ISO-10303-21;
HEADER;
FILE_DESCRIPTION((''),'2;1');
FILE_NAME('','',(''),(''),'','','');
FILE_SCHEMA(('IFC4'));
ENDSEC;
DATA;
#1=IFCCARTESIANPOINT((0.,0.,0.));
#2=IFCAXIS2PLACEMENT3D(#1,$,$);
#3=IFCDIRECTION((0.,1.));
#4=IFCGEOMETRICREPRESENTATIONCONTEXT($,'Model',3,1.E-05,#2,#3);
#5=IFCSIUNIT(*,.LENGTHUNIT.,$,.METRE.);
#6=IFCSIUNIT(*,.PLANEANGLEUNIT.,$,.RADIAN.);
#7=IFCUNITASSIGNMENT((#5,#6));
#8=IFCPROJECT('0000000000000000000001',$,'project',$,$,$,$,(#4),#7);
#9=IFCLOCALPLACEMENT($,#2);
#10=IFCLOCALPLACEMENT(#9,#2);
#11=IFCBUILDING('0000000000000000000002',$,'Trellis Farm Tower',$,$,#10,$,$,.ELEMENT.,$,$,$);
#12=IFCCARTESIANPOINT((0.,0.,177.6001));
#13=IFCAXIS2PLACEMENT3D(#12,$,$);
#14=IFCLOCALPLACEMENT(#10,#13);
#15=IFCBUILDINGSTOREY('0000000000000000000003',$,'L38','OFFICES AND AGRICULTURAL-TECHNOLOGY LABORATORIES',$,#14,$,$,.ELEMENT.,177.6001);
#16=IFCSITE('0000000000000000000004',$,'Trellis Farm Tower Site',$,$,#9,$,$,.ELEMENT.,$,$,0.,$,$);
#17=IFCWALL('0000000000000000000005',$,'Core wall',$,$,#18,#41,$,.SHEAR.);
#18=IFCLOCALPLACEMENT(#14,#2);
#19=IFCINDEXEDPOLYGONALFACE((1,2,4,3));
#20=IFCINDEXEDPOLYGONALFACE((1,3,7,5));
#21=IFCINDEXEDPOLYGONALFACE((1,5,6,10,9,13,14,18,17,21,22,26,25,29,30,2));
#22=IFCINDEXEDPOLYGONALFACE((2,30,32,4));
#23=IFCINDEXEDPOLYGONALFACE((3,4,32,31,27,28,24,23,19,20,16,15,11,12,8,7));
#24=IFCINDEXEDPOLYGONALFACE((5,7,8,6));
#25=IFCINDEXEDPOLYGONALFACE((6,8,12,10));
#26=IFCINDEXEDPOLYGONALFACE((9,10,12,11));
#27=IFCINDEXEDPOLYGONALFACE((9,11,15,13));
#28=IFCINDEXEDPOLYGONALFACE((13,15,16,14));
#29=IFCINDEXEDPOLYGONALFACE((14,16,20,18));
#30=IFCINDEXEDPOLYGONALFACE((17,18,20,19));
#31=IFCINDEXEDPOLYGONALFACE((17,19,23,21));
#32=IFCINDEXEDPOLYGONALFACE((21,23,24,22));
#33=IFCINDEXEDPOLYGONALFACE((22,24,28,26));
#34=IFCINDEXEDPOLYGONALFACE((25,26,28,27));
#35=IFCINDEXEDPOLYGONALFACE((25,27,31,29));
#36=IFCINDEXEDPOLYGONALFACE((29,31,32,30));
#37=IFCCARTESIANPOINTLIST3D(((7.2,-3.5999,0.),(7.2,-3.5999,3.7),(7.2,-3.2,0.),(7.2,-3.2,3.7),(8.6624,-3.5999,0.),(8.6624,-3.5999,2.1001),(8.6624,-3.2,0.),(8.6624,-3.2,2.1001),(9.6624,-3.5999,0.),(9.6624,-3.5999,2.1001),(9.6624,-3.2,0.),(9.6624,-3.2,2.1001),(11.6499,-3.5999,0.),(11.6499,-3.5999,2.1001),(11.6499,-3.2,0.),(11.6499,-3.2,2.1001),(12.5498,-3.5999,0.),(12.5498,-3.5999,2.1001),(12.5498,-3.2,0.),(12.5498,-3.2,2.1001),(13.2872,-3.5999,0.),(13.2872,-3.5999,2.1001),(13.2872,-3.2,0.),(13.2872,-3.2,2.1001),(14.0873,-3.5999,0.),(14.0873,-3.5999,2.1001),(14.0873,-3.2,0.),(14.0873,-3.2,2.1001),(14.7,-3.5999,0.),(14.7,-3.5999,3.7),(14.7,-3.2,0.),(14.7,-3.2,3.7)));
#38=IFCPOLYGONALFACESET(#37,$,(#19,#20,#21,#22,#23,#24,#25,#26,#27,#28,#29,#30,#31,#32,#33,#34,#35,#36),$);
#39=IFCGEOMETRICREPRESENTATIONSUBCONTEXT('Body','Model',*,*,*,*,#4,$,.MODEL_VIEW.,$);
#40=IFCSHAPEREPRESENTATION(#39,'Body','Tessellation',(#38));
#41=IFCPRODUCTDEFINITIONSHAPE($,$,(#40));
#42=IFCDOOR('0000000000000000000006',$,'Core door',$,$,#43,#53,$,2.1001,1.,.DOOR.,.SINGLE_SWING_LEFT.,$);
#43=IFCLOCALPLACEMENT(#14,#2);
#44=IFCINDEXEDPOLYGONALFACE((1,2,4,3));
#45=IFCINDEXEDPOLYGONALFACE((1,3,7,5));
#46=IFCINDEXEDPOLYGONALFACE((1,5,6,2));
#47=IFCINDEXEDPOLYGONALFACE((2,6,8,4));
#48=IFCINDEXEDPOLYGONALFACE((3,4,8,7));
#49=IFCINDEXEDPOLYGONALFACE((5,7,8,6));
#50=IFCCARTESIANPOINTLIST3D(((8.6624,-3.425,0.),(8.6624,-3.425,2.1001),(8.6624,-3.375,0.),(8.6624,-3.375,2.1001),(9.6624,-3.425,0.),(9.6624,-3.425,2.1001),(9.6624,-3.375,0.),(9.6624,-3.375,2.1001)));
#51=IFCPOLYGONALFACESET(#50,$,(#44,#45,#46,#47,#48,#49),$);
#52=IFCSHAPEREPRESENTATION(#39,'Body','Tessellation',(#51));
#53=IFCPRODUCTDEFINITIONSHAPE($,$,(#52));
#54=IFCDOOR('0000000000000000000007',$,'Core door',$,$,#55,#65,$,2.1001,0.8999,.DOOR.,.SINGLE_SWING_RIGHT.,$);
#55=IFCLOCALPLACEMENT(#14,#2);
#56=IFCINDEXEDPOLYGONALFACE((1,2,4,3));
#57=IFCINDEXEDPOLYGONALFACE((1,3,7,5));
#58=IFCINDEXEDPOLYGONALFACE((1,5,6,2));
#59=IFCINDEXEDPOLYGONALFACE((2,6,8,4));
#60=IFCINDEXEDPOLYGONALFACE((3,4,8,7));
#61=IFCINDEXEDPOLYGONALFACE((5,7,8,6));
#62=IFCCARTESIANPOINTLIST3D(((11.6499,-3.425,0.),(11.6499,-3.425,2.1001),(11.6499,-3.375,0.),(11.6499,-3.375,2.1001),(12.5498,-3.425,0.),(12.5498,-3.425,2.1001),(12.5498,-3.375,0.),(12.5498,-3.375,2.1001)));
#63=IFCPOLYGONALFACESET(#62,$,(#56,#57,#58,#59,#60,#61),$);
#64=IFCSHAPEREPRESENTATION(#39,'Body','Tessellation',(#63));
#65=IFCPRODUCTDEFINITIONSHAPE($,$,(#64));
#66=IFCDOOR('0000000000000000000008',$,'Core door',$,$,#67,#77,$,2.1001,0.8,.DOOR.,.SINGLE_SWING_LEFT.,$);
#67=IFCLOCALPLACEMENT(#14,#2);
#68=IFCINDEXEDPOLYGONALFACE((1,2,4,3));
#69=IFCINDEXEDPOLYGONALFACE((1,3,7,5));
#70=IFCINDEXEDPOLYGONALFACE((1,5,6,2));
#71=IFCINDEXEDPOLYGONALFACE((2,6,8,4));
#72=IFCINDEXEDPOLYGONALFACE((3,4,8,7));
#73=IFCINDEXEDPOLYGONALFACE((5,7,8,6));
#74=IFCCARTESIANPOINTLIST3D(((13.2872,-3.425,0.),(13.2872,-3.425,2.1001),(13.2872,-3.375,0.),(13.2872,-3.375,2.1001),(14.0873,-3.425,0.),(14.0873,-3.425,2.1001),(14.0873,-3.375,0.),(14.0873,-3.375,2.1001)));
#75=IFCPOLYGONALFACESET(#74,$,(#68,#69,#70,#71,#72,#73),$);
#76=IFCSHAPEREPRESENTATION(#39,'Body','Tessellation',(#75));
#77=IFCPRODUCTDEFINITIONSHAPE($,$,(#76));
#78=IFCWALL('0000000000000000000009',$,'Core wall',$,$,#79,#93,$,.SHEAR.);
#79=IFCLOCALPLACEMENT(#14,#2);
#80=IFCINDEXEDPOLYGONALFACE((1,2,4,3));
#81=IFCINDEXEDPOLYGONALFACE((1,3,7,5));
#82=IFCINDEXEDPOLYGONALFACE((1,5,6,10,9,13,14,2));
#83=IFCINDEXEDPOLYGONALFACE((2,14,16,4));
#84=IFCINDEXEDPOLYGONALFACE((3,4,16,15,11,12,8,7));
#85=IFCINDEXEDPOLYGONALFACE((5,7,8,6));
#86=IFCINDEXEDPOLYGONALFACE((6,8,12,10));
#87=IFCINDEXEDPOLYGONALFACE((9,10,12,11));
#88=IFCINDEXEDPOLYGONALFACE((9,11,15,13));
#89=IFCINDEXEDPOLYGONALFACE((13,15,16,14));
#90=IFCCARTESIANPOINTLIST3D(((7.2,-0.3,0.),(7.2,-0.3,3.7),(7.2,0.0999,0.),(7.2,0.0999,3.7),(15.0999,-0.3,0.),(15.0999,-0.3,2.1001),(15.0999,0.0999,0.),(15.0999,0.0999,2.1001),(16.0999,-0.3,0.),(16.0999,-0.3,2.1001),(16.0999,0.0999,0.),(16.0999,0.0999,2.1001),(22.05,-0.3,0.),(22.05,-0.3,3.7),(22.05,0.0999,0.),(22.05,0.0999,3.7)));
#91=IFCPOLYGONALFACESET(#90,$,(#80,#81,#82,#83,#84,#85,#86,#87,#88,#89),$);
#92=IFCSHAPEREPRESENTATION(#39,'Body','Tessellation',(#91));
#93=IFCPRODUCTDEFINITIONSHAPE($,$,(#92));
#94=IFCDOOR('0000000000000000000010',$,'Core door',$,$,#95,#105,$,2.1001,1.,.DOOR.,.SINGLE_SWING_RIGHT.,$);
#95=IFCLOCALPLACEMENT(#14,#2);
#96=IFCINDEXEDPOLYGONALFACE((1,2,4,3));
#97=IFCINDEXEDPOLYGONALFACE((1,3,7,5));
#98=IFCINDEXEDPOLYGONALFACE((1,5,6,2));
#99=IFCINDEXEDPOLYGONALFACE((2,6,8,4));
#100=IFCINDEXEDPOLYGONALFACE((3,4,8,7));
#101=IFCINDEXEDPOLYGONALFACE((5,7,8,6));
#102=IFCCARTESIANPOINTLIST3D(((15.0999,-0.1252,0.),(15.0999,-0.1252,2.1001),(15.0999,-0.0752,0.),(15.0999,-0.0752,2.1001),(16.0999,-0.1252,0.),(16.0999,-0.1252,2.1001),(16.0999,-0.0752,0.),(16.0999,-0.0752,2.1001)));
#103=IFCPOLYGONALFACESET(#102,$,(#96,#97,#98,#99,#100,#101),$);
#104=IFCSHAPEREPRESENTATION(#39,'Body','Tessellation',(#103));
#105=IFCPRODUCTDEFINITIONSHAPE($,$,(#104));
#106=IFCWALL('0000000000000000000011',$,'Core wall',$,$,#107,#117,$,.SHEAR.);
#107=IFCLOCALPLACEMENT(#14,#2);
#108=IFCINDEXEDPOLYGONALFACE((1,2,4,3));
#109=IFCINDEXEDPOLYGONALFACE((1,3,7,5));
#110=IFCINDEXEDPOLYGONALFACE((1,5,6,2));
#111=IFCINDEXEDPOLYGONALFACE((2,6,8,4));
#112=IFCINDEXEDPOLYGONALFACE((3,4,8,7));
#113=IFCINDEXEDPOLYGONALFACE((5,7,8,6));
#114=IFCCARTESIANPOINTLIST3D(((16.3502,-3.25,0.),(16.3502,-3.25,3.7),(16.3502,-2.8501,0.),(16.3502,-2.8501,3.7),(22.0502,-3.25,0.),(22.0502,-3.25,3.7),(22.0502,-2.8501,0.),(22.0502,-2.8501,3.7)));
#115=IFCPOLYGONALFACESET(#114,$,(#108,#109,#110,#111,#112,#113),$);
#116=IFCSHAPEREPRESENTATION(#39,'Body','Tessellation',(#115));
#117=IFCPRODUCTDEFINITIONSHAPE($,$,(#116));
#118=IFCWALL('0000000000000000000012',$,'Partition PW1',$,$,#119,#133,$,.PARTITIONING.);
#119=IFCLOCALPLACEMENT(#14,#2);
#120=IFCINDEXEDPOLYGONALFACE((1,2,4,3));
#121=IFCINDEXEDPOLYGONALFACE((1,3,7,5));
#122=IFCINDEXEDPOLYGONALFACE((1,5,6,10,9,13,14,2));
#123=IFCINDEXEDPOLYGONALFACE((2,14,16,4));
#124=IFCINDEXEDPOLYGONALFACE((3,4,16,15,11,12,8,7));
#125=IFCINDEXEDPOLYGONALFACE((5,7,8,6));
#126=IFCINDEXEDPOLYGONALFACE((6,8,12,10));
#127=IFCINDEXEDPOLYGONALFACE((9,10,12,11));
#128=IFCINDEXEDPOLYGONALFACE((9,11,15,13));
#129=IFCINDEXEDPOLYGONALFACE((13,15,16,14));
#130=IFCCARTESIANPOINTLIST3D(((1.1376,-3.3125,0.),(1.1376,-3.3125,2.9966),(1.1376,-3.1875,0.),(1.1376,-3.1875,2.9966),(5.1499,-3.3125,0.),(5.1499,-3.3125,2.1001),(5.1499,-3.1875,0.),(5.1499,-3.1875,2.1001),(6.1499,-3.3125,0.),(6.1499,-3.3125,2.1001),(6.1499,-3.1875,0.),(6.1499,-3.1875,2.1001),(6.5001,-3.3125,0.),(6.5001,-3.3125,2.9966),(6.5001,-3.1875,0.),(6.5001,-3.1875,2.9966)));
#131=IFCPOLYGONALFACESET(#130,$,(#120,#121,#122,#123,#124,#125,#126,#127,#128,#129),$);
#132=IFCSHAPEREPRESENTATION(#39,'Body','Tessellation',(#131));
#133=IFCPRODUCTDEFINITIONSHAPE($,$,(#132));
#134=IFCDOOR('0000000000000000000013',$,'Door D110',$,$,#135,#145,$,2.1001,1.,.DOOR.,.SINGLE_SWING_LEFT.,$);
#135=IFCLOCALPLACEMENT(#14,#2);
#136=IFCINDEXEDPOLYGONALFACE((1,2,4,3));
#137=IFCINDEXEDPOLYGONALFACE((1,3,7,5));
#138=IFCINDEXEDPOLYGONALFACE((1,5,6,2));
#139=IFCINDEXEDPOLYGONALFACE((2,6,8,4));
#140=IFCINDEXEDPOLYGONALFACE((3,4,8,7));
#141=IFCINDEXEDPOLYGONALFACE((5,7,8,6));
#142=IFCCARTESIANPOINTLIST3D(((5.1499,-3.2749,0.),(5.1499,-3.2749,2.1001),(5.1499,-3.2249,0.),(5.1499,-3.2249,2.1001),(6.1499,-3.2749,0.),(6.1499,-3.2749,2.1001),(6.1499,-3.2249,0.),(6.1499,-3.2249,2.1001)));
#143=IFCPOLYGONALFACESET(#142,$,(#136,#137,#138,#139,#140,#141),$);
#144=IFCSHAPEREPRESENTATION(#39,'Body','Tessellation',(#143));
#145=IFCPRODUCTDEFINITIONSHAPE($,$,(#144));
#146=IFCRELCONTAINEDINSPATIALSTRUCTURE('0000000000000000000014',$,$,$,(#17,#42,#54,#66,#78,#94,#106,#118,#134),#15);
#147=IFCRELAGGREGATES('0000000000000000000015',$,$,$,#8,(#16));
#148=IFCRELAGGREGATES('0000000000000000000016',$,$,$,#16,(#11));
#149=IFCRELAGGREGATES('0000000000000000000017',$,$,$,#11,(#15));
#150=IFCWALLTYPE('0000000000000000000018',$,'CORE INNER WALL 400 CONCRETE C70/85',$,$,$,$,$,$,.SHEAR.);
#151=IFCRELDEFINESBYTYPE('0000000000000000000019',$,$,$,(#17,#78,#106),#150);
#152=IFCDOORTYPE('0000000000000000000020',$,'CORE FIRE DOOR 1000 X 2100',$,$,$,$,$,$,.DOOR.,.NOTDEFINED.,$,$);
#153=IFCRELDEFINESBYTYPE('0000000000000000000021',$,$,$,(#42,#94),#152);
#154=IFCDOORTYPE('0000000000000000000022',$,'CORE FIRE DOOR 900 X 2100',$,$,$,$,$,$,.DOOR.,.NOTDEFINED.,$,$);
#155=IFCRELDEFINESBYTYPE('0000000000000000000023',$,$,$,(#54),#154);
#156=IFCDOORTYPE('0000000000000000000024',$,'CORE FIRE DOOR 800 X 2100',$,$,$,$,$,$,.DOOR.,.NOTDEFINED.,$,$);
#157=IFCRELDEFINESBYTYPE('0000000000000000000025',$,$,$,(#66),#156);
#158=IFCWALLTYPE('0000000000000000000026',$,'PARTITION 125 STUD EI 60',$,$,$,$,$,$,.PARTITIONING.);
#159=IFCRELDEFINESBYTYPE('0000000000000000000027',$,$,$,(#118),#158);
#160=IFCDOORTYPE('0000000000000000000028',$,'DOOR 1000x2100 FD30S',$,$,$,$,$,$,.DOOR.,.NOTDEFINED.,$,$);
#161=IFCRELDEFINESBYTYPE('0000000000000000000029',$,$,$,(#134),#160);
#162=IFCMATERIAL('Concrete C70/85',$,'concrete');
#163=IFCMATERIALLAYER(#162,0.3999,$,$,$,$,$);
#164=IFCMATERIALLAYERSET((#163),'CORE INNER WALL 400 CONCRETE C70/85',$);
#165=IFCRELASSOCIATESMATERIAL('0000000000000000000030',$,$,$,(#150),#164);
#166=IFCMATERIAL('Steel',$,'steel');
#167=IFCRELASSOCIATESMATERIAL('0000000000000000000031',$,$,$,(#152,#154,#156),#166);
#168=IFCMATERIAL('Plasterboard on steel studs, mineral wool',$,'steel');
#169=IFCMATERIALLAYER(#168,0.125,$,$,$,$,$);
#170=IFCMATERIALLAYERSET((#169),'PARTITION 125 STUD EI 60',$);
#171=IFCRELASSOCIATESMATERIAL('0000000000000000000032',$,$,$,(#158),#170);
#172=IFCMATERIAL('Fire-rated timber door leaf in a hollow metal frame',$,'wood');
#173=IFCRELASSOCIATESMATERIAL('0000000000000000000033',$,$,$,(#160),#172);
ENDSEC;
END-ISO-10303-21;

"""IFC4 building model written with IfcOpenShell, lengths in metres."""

from ifc_helpers import new_model, si_unit, direction, frame, frame_2d, origin, place, context, subcontext, project, spatial, rectangle, extrude, source, transform, mapped, material, layer, layer_set, type_object, element, fill, save


model = new_model("IFC4")

# Units and contexts
model_context = context("Model", 3, precision=1e-05, world=origin(), true_north=direction((0.0, 1.0)))
body_context = subcontext(model_context, "Body", "Model", "MODEL_VIEW")
ifc_project = project(units=[si_unit("LENGTHUNIT", "METRE"), si_unit("PLANEANGLEUNIT", "RADIAN")], contexts=[model_context])

# Site, building, storey
site_placement = place(None, origin())
site = spatial("IfcSite", under=ifc_project, at=site_placement, Name="Trellis Farm Tower Site", CompositionType="ELEMENT", RefElevation=0.0)
building_placement = place(site_placement, origin())
building = spatial("IfcBuilding", under=site, at=building_placement, Name="Trellis Farm Tower", CompositionType="ELEMENT")
storey_placement = place(building_placement, frame((0.0, 0.0, 177.6001)))
storey = spatial("IfcBuildingStorey", under=building, at=storey_placement, Name="L38", Description="OFFICES AND AGRICULTURAL-TECHNOLOGY LABORATORIES", CompositionType="ELEMENT", Elevation=177.6001)

# Shared definitions
ifc_material_1 = material(Name="Concrete C70/85", Category="concrete")

# Wall, openings, doors
ifc_layer_1 = layer(ifc_material_1, 0.3999)
ifc_layer_set_1 = layer_set([ifc_layer_1], Name="CORE INNER WALL 400 CONCRETE C70/85")
wall_type_1 = type_object("IfcWallType", Name="CORE INNER WALL 400 CONCRETE C70/85", PredefinedType="SHEAR", material=ifc_layer_set_1)
shared_shape_1 = source(origin(), body_context, "Body", "SweptSolid", [
    extrude(rectangle(XDim=7.5, YDim=0.3999, at=frame_2d((3.75, 0.0))), origin(), (0.0, 0.0, 1.0), 3.7),
])
wall_1_placement = place(storey_placement, frame((7.2, -3.3999, 0.0), z_axis=(0.0, 0.0, 1.0), x_axis=(1.0, 0.0, 0.0)))
wall_1 = element("IfcWall", 1, at=wall_1_placement, inside=storey, type_object=wall_type_1, Name="Core wall", PredefinedType="SHEAR", context=body_context, shape_type="MappedRepresentation", body=[
    mapped(shared_shape_1, transform((0.0, 0.0, 0.0))),
])
shared_shape_2 = source(origin(), body_context, "Body", "SweptSolid", [
    extrude(rectangle(XDim=1.0, YDim=2.1001, at=frame_2d((0.5, 1.05))), frame((0.0, 0.21, 0.0), z_axis=(0.0, -1.0, 0.0), x_axis=(1.0, 0.0, 0.0)), (0.0, 0.0, 1.0), 0.4199),
])
opening_1_placement = place(wall_1_placement, frame((1.4624, 0.0, 0.0)))
opening_1 = element("IfcOpeningElement", 2, at=opening_1_placement, cuts=wall_1, PredefinedType="OPENING", context=body_context, shape_type="MappedRepresentation", body=[
    mapped(shared_shape_2, transform((0.0, 0.0, 0.0))),
])
shared_shape_3 = source(origin(), body_context, "Body", "SweptSolid", [
    extrude(rectangle(XDim=0.8999, YDim=2.1001, at=frame_2d((0.45, 1.05))), frame((0.0, 0.21, 0.0), z_axis=(0.0, -1.0, 0.0), x_axis=(1.0, 0.0, 0.0)), (0.0, 0.0, 1.0), 0.4199),
])
opening_2_placement = place(wall_1_placement, frame((4.45, 0.0, 0.0)))
opening_2 = element("IfcOpeningElement", 3, at=opening_2_placement, cuts=wall_1, PredefinedType="OPENING", context=body_context, shape_type="MappedRepresentation", body=[
    mapped(shared_shape_3, transform((0.0, 0.0, 0.0))),
])
shared_shape_4 = source(origin(), body_context, "Body", "SweptSolid", [
    extrude(rectangle(XDim=0.8, YDim=2.1001, at=frame_2d((0.3999, 1.05))), frame((0.0, 0.21, 0.0), z_axis=(0.0, -1.0, 0.0), x_axis=(1.0, 0.0, 0.0)), (0.0, 0.0, 1.0), 0.4199),
])
opening_3_placement = place(wall_1_placement, frame((6.0874, 0.0, 0.0)))
opening_3 = element("IfcOpeningElement", 4, at=opening_3_placement, cuts=wall_1, PredefinedType="OPENING", context=body_context, shape_type="MappedRepresentation", body=[
    mapped(shared_shape_4, transform((0.0, 0.0, 0.0))),
])
ifc_material_2 = material(Name="Steel", Category="steel")
door_type_1 = type_object("IfcDoorType", Name="CORE FIRE DOOR 1000 X 2100", OperationType="NOTDEFINED", PredefinedType="DOOR", material=ifc_material_2)
shared_shape_5 = source(origin(), body_context, "Body", "SweptSolid", [
    extrude(rectangle(XDim=1.0, YDim=2.1001, at=frame_2d((0.5, 1.05))), frame((0.0, 0.0249, 0.0), z_axis=(0.0, -1.0, 0.0), x_axis=(1.0, 0.0, 0.0)), (0.0, 0.0, 1.0), 0.05),
])
door_1_placement = place(opening_1_placement, origin())
door_1 = element("IfcDoor", 5, at=door_1_placement, inside=storey, type_object=door_type_1, Name="Core door", OperationType="SINGLE_SWING_LEFT", OverallHeight=2.1001, OverallWidth=1.0, PredefinedType="DOOR", context=body_context, shape_type="MappedRepresentation", body=[
    mapped(shared_shape_5, transform((0.0, 0.0, 0.0))),
])
fill(opening_1, door_1)
door_type_2 = type_object("IfcDoorType", Name="CORE FIRE DOOR 900 X 2100", OperationType="NOTDEFINED", PredefinedType="DOOR", material=ifc_material_2)
shared_shape_6 = source(origin(), body_context, "Body", "SweptSolid", [
    extrude(rectangle(XDim=0.8999, YDim=2.1001, at=frame_2d((0.45, 1.05))), frame((0.0, 0.0249, 0.0), z_axis=(0.0, -1.0, 0.0), x_axis=(1.0, 0.0, 0.0)), (0.0, 0.0, 1.0), 0.05),
])
door_2_placement = place(opening_2_placement, origin())
door_2 = element("IfcDoor", 6, at=door_2_placement, inside=storey, type_object=door_type_2, Name="Core door", OperationType="SINGLE_SWING_RIGHT", OverallHeight=2.1001, OverallWidth=0.8999, PredefinedType="DOOR", context=body_context, shape_type="MappedRepresentation", body=[
    mapped(shared_shape_6, transform((0.0, 0.0, 0.0))),
])
fill(opening_2, door_2)
door_type_3 = type_object("IfcDoorType", Name="CORE FIRE DOOR 800 X 2100", OperationType="NOTDEFINED", PredefinedType="DOOR", material=ifc_material_2)
shared_shape_7 = source(origin(), body_context, "Body", "SweptSolid", [
    extrude(rectangle(XDim=0.8, YDim=2.1001, at=frame_2d((0.3999, 1.05))), frame((0.0, 0.0249, 0.0), z_axis=(0.0, -1.0, 0.0), x_axis=(1.0, 0.0, 0.0)), (0.0, 0.0, 1.0), 0.05),
])
door_3_placement = place(opening_3_placement, origin())
door_3 = element("IfcDoor", 7, at=door_3_placement, inside=storey, type_object=door_type_3, Name="Core door", OperationType="SINGLE_SWING_LEFT", OverallHeight=2.1001, OverallWidth=0.8, PredefinedType="DOOR", context=body_context, shape_type="MappedRepresentation", body=[
    mapped(shared_shape_7, transform((0.0, 0.0, 0.0))),
])
fill(opening_3, door_3)

# Wall, opening, door
shared_shape_8 = source(origin(), body_context, "Body", "SweptSolid", [
    extrude(rectangle(XDim=14.8501, YDim=0.3999, at=frame_2d((7.425, 0.0))), origin(), (0.0, 0.0, 1.0), 3.7),
])
wall_2_placement = place(storey_placement, frame((7.2, -0.1001, 0.0), z_axis=(0.0, 0.0, 1.0), x_axis=(1.0, 0.0, 0.0)))
wall_2 = element("IfcWall", 8, at=wall_2_placement, inside=storey, type_object=wall_type_1, Name="Core wall", PredefinedType="SHEAR", context=body_context, shape_type="MappedRepresentation", body=[
    mapped(shared_shape_8, transform((0.0, 0.0, 0.0))),
])
opening_4_placement = place(wall_2_placement, frame((7.8999, 0.0, 0.0)))
opening_4 = element("IfcOpeningElement", 9, at=opening_4_placement, cuts=wall_2, PredefinedType="OPENING", context=body_context, shape_type="MappedRepresentation", body=[
    mapped(shared_shape_2, transform((0.0, 0.0, 0.0))),
])
door_4_placement = place(opening_4_placement, origin())
door_4 = element("IfcDoor", 10, at=door_4_placement, inside=storey, type_object=door_type_1, Name="Core door", OperationType="SINGLE_SWING_RIGHT", OverallHeight=2.1001, OverallWidth=1.0, PredefinedType="DOOR", context=body_context, shape_type="MappedRepresentation", body=[
    mapped(shared_shape_5, transform((0.0, 0.0, 0.0))),
])
fill(opening_4, door_4)

# Wall
shared_shape_9 = source(origin(), body_context, "Body", "SweptSolid", [
    extrude(rectangle(XDim=5.7, YDim=0.3999, at=frame_2d((2.8501, 0.0))), origin(), (0.0, 0.0, 1.0), 3.7),
])
wall_3_placement = place(storey_placement, frame((16.3501, -3.05, 0.0), z_axis=(0.0, 0.0, 1.0), x_axis=(1.0, 0.0, 0.0)))
element("IfcWall", 11, at=wall_3_placement, inside=storey, type_object=wall_type_1, Name="Core wall", PredefinedType="SHEAR", context=body_context, shape_type="MappedRepresentation", body=[
    mapped(shared_shape_9, transform((0.0, 0.0, 0.0))),
])

# Wall, opening, door
ifc_material_3 = material(Name="Plasterboard on steel studs, mineral wool", Category="steel")
ifc_layer_2 = layer(ifc_material_3, 0.125)
ifc_layer_set_2 = layer_set([ifc_layer_2], Name="PARTITION 125 STUD EI 60")
wall_type_2 = type_object("IfcWallType", Name="PARTITION 125 STUD EI 60", PredefinedType="PARTITIONING", material=ifc_layer_set_2)
shared_shape_10 = source(origin(), body_context, "Body", "SweptSolid", [
    extrude(rectangle(XDim=5.3625, YDim=0.125, at=frame_2d((2.6812, 0.0))), origin(), (0.0, 0.0, 1.0), 2.9966),
])
wall_4_placement = place(storey_placement, frame((6.5, -3.25, 0.0), z_axis=(0.0, 0.0, 1.0), x_axis=(-1.0, 0.0, 0.0)))
wall_4 = element("IfcWall", 12, at=wall_4_placement, inside=storey, type_object=wall_type_2, Name="Partition PW1", PredefinedType="PARTITIONING", context=body_context, shape_type="MappedRepresentation", body=[
    mapped(shared_shape_10, transform((0.0, 0.0, 0.0))),
])
shared_shape_11 = source(origin(), body_context, "Body", "SweptSolid", [
    extrude(rectangle(XDim=1.0, YDim=2.1001, at=frame_2d((0.5, 1.05))), frame((0.0, 0.0725, 0.0), z_axis=(0.0, -1.0, 0.0), x_axis=(1.0, 0.0, 0.0)), (0.0, 0.0, 1.0), 0.145),
])
opening_5_placement = place(wall_4_placement, frame((0.3501, 0.0, 0.0)))
opening_5 = element("IfcOpeningElement", 13, at=opening_5_placement, cuts=wall_4, PredefinedType="OPENING", context=body_context, shape_type="MappedRepresentation", body=[
    mapped(shared_shape_11, transform((0.0, 0.0, 0.0))),
])
ifc_material_4 = material(Name="Fire-rated timber door leaf in a hollow metal frame", Category="wood")
door_type_4 = type_object("IfcDoorType", Name="DOOR 1000x2100 FD30S", OperationType="NOTDEFINED", PredefinedType="DOOR", material=ifc_material_4)
door_5_placement = place(opening_5_placement, origin())
door_5 = element("IfcDoor", 14, at=door_5_placement, inside=storey, type_object=door_type_4, Name="Door D110", OperationType="SINGLE_SWING_LEFT", OverallHeight=2.1001, OverallWidth=1.0, PredefinedType="DOOR", context=body_context, shape_type="MappedRepresentation", body=[
    mapped(shared_shape_5, transform((0.0, 0.0, 0.0))),
])
fill(opening_5, door_5)

save(model, "model.ifc")
